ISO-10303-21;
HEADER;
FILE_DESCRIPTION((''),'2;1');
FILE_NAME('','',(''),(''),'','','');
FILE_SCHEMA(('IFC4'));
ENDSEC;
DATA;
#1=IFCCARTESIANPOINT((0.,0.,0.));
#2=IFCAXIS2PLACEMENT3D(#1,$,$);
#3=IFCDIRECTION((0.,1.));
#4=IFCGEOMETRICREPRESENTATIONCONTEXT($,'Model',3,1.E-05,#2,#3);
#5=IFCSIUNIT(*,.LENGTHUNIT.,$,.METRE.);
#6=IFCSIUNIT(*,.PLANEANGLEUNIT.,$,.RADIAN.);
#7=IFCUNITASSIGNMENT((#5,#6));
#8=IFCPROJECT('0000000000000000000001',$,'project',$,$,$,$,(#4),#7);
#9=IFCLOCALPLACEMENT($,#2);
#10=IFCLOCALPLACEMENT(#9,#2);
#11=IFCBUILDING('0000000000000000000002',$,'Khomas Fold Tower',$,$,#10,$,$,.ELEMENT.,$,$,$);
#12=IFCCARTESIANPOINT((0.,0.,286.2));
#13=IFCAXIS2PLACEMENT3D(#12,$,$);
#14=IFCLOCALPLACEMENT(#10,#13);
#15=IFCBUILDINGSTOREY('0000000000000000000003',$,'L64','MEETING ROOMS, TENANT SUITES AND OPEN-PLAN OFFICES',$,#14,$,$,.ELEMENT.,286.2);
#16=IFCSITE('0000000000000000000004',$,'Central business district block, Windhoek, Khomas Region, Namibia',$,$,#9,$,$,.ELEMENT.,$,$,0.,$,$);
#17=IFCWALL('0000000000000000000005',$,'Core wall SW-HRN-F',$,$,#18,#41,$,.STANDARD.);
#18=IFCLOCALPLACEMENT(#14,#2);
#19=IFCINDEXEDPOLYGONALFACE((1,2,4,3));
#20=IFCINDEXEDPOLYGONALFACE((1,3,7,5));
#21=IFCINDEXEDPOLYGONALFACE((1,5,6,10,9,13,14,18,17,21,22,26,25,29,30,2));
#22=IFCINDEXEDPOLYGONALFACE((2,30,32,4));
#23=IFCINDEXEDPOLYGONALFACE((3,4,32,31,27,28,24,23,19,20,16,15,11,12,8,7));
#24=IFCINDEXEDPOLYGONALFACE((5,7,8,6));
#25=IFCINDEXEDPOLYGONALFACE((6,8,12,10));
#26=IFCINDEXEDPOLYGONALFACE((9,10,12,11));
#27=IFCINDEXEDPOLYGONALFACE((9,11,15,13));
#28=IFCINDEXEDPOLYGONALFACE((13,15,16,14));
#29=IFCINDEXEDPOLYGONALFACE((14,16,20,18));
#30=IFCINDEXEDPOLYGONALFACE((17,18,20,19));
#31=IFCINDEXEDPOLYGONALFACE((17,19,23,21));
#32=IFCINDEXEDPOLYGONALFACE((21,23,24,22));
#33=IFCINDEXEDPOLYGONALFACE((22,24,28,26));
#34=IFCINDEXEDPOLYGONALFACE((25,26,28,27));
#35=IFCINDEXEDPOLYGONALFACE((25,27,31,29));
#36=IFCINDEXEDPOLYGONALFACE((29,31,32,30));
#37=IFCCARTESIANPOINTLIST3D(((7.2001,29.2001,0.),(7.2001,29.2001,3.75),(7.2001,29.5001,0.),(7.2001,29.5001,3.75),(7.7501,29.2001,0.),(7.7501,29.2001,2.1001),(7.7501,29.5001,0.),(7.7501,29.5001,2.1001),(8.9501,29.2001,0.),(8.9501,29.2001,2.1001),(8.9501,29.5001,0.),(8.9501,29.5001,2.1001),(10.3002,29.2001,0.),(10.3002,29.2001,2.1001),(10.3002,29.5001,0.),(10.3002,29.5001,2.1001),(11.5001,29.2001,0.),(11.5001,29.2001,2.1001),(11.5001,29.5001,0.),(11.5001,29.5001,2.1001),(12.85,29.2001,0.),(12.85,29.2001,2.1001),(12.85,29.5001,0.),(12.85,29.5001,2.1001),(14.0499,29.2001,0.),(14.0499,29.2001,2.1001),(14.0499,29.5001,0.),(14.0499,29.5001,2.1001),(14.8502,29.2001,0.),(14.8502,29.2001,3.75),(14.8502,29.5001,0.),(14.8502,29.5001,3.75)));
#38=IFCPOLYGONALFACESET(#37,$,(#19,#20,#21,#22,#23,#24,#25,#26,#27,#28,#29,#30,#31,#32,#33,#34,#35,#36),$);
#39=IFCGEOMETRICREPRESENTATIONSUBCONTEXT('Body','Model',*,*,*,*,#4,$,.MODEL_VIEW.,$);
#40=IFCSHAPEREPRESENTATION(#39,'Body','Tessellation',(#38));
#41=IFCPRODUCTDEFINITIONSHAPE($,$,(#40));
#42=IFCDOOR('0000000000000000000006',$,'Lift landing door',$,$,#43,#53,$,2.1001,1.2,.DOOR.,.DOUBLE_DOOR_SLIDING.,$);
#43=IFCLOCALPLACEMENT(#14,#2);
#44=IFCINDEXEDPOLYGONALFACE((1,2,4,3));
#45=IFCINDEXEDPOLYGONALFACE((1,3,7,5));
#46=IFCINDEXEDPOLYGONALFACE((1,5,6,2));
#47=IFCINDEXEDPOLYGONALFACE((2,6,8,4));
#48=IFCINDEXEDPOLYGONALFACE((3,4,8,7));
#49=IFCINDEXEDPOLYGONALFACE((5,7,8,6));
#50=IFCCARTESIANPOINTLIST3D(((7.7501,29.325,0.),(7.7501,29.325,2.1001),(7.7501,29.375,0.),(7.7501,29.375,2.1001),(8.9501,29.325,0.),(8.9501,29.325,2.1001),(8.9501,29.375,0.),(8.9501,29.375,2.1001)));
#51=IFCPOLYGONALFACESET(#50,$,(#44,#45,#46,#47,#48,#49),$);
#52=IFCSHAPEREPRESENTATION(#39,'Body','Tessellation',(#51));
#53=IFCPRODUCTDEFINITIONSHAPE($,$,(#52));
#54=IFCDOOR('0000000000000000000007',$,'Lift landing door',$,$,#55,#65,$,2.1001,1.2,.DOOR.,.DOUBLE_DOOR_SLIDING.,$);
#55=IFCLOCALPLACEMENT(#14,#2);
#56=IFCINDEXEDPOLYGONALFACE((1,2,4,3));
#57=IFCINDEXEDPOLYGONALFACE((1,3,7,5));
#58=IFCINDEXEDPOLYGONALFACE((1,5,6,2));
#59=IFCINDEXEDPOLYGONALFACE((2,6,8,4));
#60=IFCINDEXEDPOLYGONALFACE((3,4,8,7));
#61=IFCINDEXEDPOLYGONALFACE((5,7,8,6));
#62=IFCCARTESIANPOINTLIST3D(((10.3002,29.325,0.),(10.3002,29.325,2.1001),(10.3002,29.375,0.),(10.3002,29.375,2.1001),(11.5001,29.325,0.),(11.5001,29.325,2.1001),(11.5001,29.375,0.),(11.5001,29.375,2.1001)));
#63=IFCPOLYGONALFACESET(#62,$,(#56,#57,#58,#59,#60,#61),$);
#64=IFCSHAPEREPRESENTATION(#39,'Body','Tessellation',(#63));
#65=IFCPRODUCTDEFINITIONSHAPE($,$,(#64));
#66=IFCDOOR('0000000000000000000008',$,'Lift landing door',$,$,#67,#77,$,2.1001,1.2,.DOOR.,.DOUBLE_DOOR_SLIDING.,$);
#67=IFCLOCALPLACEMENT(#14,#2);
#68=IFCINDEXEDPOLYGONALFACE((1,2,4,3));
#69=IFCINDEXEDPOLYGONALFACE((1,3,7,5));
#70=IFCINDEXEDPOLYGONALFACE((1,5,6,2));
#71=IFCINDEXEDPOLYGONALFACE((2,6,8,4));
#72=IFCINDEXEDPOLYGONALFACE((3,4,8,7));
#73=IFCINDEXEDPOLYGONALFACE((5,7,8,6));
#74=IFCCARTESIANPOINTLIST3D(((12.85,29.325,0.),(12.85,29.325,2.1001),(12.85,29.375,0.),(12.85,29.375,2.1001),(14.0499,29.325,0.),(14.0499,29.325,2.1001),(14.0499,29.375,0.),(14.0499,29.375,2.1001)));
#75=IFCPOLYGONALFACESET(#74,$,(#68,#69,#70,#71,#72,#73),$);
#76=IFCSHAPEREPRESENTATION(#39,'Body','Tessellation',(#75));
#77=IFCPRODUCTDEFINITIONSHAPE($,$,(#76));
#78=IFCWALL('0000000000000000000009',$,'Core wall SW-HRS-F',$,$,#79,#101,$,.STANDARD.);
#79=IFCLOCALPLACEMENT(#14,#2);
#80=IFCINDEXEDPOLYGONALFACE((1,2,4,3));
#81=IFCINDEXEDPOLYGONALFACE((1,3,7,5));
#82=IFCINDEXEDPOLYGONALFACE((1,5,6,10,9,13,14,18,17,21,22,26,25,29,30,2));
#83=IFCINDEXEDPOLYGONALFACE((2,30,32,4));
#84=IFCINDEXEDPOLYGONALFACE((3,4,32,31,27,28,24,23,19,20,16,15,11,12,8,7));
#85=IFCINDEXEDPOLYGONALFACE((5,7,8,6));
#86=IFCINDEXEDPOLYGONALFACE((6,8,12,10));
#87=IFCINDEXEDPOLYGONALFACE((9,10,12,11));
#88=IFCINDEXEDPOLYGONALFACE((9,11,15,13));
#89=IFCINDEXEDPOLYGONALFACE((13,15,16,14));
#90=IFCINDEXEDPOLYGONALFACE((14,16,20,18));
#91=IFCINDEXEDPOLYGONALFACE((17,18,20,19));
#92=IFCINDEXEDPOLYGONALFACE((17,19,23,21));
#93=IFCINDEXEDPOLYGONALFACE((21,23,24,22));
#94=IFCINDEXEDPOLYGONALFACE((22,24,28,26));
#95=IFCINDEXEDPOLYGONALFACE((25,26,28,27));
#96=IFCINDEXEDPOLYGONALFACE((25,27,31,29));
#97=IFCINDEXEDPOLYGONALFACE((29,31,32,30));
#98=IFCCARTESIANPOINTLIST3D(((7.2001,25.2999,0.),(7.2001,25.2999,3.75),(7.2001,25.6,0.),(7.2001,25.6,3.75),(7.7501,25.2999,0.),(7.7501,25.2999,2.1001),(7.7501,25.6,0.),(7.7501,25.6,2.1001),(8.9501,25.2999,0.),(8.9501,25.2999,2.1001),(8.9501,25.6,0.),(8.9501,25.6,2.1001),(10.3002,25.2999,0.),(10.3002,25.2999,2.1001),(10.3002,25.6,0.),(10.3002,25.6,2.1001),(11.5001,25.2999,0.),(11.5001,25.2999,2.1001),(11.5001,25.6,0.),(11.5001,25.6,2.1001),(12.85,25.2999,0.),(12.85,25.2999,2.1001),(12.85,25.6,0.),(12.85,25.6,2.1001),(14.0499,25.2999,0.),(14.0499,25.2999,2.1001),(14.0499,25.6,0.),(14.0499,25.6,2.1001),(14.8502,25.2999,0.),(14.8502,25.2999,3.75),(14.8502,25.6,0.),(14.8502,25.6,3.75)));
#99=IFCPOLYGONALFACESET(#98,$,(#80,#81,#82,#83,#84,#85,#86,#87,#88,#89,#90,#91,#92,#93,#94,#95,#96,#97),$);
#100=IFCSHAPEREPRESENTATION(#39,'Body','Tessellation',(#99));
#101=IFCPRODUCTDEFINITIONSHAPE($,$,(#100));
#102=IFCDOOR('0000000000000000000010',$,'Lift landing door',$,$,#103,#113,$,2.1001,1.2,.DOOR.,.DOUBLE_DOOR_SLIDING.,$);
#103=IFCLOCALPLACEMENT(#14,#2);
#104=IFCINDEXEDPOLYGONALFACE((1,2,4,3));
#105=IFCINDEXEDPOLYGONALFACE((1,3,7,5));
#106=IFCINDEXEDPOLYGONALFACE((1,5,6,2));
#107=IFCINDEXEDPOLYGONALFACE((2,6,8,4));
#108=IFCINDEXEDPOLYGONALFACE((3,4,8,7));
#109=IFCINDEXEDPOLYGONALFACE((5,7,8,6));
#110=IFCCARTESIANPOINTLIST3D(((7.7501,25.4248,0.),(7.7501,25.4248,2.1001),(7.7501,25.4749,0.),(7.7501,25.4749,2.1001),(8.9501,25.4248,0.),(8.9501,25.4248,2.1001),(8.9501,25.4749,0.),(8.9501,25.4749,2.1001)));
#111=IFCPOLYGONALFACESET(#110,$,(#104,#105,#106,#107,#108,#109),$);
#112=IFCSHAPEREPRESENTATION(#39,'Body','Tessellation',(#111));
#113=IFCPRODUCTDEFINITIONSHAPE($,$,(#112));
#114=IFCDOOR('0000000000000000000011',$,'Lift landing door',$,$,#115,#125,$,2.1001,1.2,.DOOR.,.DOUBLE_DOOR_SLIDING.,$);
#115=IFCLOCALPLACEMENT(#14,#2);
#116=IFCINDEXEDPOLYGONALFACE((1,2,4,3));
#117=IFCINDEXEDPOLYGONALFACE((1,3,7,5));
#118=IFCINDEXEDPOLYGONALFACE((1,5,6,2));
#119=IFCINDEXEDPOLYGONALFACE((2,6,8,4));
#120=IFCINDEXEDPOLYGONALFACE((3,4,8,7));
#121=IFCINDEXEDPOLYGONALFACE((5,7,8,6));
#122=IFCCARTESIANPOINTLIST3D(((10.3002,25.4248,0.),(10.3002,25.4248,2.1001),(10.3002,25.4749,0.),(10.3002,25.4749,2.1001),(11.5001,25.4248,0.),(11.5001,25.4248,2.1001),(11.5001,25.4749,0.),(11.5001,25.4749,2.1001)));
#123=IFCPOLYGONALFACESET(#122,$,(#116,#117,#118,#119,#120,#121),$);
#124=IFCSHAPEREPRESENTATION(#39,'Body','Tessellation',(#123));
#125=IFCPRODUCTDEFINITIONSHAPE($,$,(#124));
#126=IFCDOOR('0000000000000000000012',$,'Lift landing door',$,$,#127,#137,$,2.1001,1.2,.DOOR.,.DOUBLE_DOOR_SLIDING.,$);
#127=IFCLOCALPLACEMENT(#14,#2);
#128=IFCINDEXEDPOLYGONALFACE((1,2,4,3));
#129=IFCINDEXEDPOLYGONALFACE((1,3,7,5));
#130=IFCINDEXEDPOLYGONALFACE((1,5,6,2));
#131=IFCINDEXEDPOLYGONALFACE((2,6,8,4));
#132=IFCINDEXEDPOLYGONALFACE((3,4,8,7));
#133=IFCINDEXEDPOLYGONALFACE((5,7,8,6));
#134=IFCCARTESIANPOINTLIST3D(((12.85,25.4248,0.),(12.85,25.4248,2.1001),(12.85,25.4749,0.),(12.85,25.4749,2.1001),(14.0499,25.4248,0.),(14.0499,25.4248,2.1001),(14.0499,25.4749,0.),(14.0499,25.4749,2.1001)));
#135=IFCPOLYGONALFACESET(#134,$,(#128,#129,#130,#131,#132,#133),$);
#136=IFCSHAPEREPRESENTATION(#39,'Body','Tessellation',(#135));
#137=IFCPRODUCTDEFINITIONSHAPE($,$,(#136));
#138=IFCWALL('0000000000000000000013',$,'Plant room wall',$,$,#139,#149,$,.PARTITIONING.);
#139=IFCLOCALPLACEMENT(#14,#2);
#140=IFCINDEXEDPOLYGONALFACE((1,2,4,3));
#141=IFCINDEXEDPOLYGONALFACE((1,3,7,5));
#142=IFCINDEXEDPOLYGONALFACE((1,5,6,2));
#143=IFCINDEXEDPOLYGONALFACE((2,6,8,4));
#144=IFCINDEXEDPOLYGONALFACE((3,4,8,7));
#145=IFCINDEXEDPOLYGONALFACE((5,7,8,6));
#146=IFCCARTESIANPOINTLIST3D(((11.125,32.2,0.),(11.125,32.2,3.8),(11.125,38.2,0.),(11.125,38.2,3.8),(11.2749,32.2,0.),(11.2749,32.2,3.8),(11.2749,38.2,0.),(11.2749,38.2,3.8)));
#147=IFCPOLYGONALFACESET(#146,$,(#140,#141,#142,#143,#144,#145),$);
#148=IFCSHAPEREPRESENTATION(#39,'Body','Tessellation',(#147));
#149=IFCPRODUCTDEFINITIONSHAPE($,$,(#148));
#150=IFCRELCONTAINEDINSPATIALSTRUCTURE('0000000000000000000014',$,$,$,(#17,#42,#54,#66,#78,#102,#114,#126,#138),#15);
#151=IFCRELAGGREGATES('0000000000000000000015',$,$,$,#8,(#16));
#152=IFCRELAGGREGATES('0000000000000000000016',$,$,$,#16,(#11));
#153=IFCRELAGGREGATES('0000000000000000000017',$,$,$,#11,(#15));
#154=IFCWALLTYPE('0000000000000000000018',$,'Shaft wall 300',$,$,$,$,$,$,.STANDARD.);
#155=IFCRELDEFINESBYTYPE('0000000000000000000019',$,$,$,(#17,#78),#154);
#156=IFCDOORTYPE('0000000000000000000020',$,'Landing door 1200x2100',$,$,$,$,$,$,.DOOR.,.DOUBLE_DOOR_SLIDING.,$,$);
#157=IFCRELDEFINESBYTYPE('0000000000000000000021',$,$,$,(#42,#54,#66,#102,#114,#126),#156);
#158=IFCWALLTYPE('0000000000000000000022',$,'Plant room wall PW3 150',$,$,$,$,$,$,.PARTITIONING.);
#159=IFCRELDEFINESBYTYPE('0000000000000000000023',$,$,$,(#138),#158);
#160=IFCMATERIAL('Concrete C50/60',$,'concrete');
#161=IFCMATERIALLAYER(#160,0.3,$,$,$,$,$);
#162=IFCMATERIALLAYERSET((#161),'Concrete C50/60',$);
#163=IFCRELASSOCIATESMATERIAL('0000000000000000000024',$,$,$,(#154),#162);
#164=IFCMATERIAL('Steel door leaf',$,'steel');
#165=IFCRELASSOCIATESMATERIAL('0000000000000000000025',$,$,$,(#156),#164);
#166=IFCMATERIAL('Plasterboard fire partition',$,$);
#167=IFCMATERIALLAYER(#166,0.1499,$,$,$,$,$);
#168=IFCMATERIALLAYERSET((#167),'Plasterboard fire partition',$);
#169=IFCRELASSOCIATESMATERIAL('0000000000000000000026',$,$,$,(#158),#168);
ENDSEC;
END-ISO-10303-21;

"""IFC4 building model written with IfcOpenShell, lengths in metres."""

from ifc_helpers import new_model, si_unit, direction, frame, frame_2d, origin, place, context, subcontext, project, spatial, rectangle, extrude, source, transform, mapped, material, layer, layer_set, type_object, element, fill, save


model = new_model("IFC4")

# Units and contexts
model_context = context("Model", 3, precision=1e-05, world=origin(), true_north=direction((0.0, 1.0)))
body_context = subcontext(model_context, "Body", "Model", "MODEL_VIEW")
ifc_project = project(units=[si_unit("LENGTHUNIT", "METRE"), si_unit("PLANEANGLEUNIT", "RADIAN")], contexts=[model_context])

# Site, building, storey
site_placement = place(None, origin())
site = spatial("IfcSite", under=ifc_project, at=site_placement, Name="Central business district block, Windhoek, Khomas Region, Namibia", CompositionType="ELEMENT", RefElevation=0.0)
building_placement = place(site_placement, origin())
building = spatial("IfcBuilding", under=site, at=building_placement, Name="Khomas Fold Tower", CompositionType="ELEMENT")
storey_placement = place(building_placement, frame((0.0, 0.0, 286.2)))
storey = spatial("IfcBuildingStorey", under=building, at=storey_placement, Name="L64", Description="MEETING ROOMS, TENANT SUITES AND OPEN-PLAN OFFICES", CompositionType="ELEMENT", Elevation=286.2)

# Shared definitions
ifc_material_1 = material(Name="Concrete C50/60", Category="concrete")
ifc_layer_1 = layer(ifc_material_1, 0.3)
ifc_layer_set_1 = layer_set([ifc_layer_1], Name="Concrete C50/60")
wall_type_1 = type_object("IfcWallType", Name="Shaft wall 300", PredefinedType="STANDARD", material=ifc_layer_set_1)
shared_shape_1 = source(origin(), body_context, "Body", "SweptSolid", [
    extrude(rectangle(XDim=7.6501, YDim=0.3, at=frame_2d((3.8252, 0.0))), origin(), (0.0, 0.0, 1.0), 3.75),
])

# Walls, openings, doors
wall_1_placement = place(storey_placement, frame((7.2, 29.3501, 0.0), z_axis=(0.0, 0.0, 1.0), x_axis=(1.0, 0.0, 0.0)))
wall_1 = element("IfcWall", 1, at=wall_1_placement, inside=storey, type_object=wall_type_1, Name="Core wall SW-HRN-F", PredefinedType="STANDARD", context=body_context, shape_type="MappedRepresentation", body=[
    mapped(shared_shape_1, transform((0.0, 0.0, 0.0))),
])
shared_shape_2 = source(origin(), body_context, "Body", "SweptSolid", [
    extrude(rectangle(XDim=1.2, YDim=2.1001, at=frame_2d((0.6001, 1.05))), frame((0.0, 0.1599, 0.0), z_axis=(0.0, -1.0, 0.0), x_axis=(1.0, 0.0, 0.0)), (0.0, 0.0, 1.0), 0.3201),
])
opening_1_placement = place(wall_1_placement, frame((0.55, 0.0, 0.0)))
opening_1 = element("IfcOpeningElement", 2, at=opening_1_placement, cuts=wall_1, PredefinedType="OPENING", context=body_context, shape_type="MappedRepresentation", body=[
    mapped(shared_shape_2, transform((0.0, 0.0, 0.0))),
])
opening_2_placement = place(wall_1_placement, frame((3.1001, 0.0, 0.0)))
opening_2 = element("IfcOpeningElement", 3, at=opening_2_placement, cuts=wall_1, PredefinedType="OPENING", context=body_context, shape_type="MappedRepresentation", body=[
    mapped(shared_shape_2, transform((0.0, 0.0, 0.0))),
])
opening_3_placement = place(wall_1_placement, frame((5.6499, 0.0, 0.0)))
opening_3 = element("IfcOpeningElement", 4, at=opening_3_placement, cuts=wall_1, PredefinedType="OPENING", context=body_context, shape_type="MappedRepresentation", body=[
    mapped(shared_shape_2, transform((0.0, 0.0, 0.0))),
])
ifc_material_2 = material(Name="Steel door leaf", Category="steel")
door_type_1 = type_object("IfcDoorType", Name="Landing door 1200x2100", OperationType="DOUBLE_DOOR_SLIDING", PredefinedType="DOOR", material=ifc_material_2)
shared_shape_3 = source(origin(), body_context, "Body", "SweptSolid", [
    extrude(rectangle(XDim=1.2, YDim=2.1001, at=frame_2d((0.6001, 1.05))), frame((0.0, 0.0249, 0.0), z_axis=(0.0, -1.0, 0.0), x_axis=(1.0, 0.0, 0.0)), (0.0, 0.0, 1.0), 0.05),
])
door_1_placement = place(opening_1_placement, origin())
door_1 = element("IfcDoor", 5, at=door_1_placement, inside=storey, type_object=door_type_1, Name="Lift landing door", OperationType="DOUBLE_DOOR_SLIDING", OverallHeight=2.1001, OverallWidth=1.2, PredefinedType="DOOR", context=body_context, shape_type="MappedRepresentation", body=[
    mapped(shared_shape_3, transform((0.0, 0.0, 0.0))),
])
fill(opening_1, door_1)
door_2_placement = place(opening_2_placement, origin())
door_2 = element("IfcDoor", 6, at=door_2_placement, inside=storey, type_object=door_type_1, Name="Lift landing door", OperationType="DOUBLE_DOOR_SLIDING", OverallHeight=2.1001, OverallWidth=1.2, PredefinedType="DOOR", context=body_context, shape_type="MappedRepresentation", body=[
    mapped(shared_shape_3, transform((0.0, 0.0, 0.0))),
])
fill(opening_2, door_2)
door_3_placement = place(opening_3_placement, origin())
door_3 = element("IfcDoor", 7, at=door_3_placement, inside=storey, type_object=door_type_1, Name="Lift landing door", OperationType="DOUBLE_DOOR_SLIDING", OverallHeight=2.1001, OverallWidth=1.2, PredefinedType="DOOR", context=body_context, shape_type="MappedRepresentation", body=[
    mapped(shared_shape_3, transform((0.0, 0.0, 0.0))),
])
fill(opening_3, door_3)
wall_2_placement = place(storey_placement, frame((7.2, 25.45, 0.0), z_axis=(0.0, 0.0, 1.0), x_axis=(1.0, 0.0, 0.0)))
wall_2 = element("IfcWall", 8, at=wall_2_placement, inside=storey, type_object=wall_type_1, Name="Core wall SW-HRS-F", PredefinedType="STANDARD", context=body_context, shape_type="MappedRepresentation", body=[
    mapped(shared_shape_1, transform((0.0, 0.0, 0.0))),
])
opening_4_placement = place(wall_2_placement, frame((0.55, 0.0, 0.0)))
opening_4 = element("IfcOpeningElement", 9, at=opening_4_placement, cuts=wall_2, PredefinedType="OPENING", context=body_context, shape_type="MappedRepresentation", body=[
    mapped(shared_shape_2, transform((0.0, 0.0, 0.0))),
])
opening_5_placement = place(wall_2_placement, frame((3.1001, 0.0, 0.0)))
opening_5 = element("IfcOpeningElement", 10, at=opening_5_placement, cuts=wall_2, PredefinedType="OPENING", context=body_context, shape_type="MappedRepresentation", body=[
    mapped(shared_shape_2, transform((0.0, 0.0, 0.0))),
])
opening_6_placement = place(wall_2_placement, frame((5.6499, 0.0, 0.0)))
opening_6 = element("IfcOpeningElement", 11, at=opening_6_placement, cuts=wall_2, PredefinedType="OPENING", context=body_context, shape_type="MappedRepresentation", body=[
    mapped(shared_shape_2, transform((0.0, 0.0, 0.0))),
])
door_4_placement = place(opening_4_placement, origin())
door_4 = element("IfcDoor", 12, at=door_4_placement, inside=storey, type_object=door_type_1, Name="Lift landing door", OperationType="DOUBLE_DOOR_SLIDING", OverallHeight=2.1001, OverallWidth=1.2, PredefinedType="DOOR", context=body_context, shape_type="MappedRepresentation", body=[
    mapped(shared_shape_3, transform((0.0, 0.0, 0.0))),
])
fill(opening_4, door_4)
door_5_placement = place(opening_5_placement, origin())
door_5 = element("IfcDoor", 13, at=door_5_placement, inside=storey, type_object=door_type_1, Name="Lift landing door", OperationType="DOUBLE_DOOR_SLIDING", OverallHeight=2.1001, OverallWidth=1.2, PredefinedType="DOOR", context=body_context, shape_type="MappedRepresentation", body=[
    mapped(shared_shape_3, transform((0.0, 0.0, 0.0))),
])
fill(opening_5, door_5)
door_6_placement = place(opening_6_placement, origin())
door_6 = element("IfcDoor", 14, at=door_6_placement, inside=storey, type_object=door_type_1, Name="Lift landing door", OperationType="DOUBLE_DOOR_SLIDING", OverallHeight=2.1001, OverallWidth=1.2, PredefinedType="DOOR", context=body_context, shape_type="MappedRepresentation", body=[
    mapped(shared_shape_3, transform((0.0, 0.0, 0.0))),
])
fill(opening_6, door_6)

# Wall
ifc_material_3 = material(Name="Plasterboard fire partition")
ifc_layer_2 = layer(ifc_material_3, 0.1499)
ifc_layer_set_2 = layer_set([ifc_layer_2], Name="Plasterboard fire partition")
wall_type_2 = type_object("IfcWallType", Name="Plant room wall PW3 150", PredefinedType="PARTITIONING", material=ifc_layer_set_2)
shared_shape_4 = source(origin(), body_context, "Body", "SweptSolid", [
    extrude(rectangle(XDim=6.0, YDim=0.1499, at=frame_2d((3.0, 0.0))), origin(), (0.0, 0.0, 1.0), 3.8),
])
wall_3_placement = place(storey_placement, frame((11.2, 32.2, 0.0), z_axis=(0.0, 0.0, 1.0), x_axis=(0.0, 1.0, 0.0)))
element("IfcWall", 15, at=wall_3_placement, inside=storey, type_object=wall_type_2, Name="Plant room wall", PredefinedType="PARTITIONING", context=body_context, shape_type="MappedRepresentation", body=[
    mapped(shared_shape_4, transform((0.0, 0.0, 0.0))),
])

save(model, "model.ifc")
